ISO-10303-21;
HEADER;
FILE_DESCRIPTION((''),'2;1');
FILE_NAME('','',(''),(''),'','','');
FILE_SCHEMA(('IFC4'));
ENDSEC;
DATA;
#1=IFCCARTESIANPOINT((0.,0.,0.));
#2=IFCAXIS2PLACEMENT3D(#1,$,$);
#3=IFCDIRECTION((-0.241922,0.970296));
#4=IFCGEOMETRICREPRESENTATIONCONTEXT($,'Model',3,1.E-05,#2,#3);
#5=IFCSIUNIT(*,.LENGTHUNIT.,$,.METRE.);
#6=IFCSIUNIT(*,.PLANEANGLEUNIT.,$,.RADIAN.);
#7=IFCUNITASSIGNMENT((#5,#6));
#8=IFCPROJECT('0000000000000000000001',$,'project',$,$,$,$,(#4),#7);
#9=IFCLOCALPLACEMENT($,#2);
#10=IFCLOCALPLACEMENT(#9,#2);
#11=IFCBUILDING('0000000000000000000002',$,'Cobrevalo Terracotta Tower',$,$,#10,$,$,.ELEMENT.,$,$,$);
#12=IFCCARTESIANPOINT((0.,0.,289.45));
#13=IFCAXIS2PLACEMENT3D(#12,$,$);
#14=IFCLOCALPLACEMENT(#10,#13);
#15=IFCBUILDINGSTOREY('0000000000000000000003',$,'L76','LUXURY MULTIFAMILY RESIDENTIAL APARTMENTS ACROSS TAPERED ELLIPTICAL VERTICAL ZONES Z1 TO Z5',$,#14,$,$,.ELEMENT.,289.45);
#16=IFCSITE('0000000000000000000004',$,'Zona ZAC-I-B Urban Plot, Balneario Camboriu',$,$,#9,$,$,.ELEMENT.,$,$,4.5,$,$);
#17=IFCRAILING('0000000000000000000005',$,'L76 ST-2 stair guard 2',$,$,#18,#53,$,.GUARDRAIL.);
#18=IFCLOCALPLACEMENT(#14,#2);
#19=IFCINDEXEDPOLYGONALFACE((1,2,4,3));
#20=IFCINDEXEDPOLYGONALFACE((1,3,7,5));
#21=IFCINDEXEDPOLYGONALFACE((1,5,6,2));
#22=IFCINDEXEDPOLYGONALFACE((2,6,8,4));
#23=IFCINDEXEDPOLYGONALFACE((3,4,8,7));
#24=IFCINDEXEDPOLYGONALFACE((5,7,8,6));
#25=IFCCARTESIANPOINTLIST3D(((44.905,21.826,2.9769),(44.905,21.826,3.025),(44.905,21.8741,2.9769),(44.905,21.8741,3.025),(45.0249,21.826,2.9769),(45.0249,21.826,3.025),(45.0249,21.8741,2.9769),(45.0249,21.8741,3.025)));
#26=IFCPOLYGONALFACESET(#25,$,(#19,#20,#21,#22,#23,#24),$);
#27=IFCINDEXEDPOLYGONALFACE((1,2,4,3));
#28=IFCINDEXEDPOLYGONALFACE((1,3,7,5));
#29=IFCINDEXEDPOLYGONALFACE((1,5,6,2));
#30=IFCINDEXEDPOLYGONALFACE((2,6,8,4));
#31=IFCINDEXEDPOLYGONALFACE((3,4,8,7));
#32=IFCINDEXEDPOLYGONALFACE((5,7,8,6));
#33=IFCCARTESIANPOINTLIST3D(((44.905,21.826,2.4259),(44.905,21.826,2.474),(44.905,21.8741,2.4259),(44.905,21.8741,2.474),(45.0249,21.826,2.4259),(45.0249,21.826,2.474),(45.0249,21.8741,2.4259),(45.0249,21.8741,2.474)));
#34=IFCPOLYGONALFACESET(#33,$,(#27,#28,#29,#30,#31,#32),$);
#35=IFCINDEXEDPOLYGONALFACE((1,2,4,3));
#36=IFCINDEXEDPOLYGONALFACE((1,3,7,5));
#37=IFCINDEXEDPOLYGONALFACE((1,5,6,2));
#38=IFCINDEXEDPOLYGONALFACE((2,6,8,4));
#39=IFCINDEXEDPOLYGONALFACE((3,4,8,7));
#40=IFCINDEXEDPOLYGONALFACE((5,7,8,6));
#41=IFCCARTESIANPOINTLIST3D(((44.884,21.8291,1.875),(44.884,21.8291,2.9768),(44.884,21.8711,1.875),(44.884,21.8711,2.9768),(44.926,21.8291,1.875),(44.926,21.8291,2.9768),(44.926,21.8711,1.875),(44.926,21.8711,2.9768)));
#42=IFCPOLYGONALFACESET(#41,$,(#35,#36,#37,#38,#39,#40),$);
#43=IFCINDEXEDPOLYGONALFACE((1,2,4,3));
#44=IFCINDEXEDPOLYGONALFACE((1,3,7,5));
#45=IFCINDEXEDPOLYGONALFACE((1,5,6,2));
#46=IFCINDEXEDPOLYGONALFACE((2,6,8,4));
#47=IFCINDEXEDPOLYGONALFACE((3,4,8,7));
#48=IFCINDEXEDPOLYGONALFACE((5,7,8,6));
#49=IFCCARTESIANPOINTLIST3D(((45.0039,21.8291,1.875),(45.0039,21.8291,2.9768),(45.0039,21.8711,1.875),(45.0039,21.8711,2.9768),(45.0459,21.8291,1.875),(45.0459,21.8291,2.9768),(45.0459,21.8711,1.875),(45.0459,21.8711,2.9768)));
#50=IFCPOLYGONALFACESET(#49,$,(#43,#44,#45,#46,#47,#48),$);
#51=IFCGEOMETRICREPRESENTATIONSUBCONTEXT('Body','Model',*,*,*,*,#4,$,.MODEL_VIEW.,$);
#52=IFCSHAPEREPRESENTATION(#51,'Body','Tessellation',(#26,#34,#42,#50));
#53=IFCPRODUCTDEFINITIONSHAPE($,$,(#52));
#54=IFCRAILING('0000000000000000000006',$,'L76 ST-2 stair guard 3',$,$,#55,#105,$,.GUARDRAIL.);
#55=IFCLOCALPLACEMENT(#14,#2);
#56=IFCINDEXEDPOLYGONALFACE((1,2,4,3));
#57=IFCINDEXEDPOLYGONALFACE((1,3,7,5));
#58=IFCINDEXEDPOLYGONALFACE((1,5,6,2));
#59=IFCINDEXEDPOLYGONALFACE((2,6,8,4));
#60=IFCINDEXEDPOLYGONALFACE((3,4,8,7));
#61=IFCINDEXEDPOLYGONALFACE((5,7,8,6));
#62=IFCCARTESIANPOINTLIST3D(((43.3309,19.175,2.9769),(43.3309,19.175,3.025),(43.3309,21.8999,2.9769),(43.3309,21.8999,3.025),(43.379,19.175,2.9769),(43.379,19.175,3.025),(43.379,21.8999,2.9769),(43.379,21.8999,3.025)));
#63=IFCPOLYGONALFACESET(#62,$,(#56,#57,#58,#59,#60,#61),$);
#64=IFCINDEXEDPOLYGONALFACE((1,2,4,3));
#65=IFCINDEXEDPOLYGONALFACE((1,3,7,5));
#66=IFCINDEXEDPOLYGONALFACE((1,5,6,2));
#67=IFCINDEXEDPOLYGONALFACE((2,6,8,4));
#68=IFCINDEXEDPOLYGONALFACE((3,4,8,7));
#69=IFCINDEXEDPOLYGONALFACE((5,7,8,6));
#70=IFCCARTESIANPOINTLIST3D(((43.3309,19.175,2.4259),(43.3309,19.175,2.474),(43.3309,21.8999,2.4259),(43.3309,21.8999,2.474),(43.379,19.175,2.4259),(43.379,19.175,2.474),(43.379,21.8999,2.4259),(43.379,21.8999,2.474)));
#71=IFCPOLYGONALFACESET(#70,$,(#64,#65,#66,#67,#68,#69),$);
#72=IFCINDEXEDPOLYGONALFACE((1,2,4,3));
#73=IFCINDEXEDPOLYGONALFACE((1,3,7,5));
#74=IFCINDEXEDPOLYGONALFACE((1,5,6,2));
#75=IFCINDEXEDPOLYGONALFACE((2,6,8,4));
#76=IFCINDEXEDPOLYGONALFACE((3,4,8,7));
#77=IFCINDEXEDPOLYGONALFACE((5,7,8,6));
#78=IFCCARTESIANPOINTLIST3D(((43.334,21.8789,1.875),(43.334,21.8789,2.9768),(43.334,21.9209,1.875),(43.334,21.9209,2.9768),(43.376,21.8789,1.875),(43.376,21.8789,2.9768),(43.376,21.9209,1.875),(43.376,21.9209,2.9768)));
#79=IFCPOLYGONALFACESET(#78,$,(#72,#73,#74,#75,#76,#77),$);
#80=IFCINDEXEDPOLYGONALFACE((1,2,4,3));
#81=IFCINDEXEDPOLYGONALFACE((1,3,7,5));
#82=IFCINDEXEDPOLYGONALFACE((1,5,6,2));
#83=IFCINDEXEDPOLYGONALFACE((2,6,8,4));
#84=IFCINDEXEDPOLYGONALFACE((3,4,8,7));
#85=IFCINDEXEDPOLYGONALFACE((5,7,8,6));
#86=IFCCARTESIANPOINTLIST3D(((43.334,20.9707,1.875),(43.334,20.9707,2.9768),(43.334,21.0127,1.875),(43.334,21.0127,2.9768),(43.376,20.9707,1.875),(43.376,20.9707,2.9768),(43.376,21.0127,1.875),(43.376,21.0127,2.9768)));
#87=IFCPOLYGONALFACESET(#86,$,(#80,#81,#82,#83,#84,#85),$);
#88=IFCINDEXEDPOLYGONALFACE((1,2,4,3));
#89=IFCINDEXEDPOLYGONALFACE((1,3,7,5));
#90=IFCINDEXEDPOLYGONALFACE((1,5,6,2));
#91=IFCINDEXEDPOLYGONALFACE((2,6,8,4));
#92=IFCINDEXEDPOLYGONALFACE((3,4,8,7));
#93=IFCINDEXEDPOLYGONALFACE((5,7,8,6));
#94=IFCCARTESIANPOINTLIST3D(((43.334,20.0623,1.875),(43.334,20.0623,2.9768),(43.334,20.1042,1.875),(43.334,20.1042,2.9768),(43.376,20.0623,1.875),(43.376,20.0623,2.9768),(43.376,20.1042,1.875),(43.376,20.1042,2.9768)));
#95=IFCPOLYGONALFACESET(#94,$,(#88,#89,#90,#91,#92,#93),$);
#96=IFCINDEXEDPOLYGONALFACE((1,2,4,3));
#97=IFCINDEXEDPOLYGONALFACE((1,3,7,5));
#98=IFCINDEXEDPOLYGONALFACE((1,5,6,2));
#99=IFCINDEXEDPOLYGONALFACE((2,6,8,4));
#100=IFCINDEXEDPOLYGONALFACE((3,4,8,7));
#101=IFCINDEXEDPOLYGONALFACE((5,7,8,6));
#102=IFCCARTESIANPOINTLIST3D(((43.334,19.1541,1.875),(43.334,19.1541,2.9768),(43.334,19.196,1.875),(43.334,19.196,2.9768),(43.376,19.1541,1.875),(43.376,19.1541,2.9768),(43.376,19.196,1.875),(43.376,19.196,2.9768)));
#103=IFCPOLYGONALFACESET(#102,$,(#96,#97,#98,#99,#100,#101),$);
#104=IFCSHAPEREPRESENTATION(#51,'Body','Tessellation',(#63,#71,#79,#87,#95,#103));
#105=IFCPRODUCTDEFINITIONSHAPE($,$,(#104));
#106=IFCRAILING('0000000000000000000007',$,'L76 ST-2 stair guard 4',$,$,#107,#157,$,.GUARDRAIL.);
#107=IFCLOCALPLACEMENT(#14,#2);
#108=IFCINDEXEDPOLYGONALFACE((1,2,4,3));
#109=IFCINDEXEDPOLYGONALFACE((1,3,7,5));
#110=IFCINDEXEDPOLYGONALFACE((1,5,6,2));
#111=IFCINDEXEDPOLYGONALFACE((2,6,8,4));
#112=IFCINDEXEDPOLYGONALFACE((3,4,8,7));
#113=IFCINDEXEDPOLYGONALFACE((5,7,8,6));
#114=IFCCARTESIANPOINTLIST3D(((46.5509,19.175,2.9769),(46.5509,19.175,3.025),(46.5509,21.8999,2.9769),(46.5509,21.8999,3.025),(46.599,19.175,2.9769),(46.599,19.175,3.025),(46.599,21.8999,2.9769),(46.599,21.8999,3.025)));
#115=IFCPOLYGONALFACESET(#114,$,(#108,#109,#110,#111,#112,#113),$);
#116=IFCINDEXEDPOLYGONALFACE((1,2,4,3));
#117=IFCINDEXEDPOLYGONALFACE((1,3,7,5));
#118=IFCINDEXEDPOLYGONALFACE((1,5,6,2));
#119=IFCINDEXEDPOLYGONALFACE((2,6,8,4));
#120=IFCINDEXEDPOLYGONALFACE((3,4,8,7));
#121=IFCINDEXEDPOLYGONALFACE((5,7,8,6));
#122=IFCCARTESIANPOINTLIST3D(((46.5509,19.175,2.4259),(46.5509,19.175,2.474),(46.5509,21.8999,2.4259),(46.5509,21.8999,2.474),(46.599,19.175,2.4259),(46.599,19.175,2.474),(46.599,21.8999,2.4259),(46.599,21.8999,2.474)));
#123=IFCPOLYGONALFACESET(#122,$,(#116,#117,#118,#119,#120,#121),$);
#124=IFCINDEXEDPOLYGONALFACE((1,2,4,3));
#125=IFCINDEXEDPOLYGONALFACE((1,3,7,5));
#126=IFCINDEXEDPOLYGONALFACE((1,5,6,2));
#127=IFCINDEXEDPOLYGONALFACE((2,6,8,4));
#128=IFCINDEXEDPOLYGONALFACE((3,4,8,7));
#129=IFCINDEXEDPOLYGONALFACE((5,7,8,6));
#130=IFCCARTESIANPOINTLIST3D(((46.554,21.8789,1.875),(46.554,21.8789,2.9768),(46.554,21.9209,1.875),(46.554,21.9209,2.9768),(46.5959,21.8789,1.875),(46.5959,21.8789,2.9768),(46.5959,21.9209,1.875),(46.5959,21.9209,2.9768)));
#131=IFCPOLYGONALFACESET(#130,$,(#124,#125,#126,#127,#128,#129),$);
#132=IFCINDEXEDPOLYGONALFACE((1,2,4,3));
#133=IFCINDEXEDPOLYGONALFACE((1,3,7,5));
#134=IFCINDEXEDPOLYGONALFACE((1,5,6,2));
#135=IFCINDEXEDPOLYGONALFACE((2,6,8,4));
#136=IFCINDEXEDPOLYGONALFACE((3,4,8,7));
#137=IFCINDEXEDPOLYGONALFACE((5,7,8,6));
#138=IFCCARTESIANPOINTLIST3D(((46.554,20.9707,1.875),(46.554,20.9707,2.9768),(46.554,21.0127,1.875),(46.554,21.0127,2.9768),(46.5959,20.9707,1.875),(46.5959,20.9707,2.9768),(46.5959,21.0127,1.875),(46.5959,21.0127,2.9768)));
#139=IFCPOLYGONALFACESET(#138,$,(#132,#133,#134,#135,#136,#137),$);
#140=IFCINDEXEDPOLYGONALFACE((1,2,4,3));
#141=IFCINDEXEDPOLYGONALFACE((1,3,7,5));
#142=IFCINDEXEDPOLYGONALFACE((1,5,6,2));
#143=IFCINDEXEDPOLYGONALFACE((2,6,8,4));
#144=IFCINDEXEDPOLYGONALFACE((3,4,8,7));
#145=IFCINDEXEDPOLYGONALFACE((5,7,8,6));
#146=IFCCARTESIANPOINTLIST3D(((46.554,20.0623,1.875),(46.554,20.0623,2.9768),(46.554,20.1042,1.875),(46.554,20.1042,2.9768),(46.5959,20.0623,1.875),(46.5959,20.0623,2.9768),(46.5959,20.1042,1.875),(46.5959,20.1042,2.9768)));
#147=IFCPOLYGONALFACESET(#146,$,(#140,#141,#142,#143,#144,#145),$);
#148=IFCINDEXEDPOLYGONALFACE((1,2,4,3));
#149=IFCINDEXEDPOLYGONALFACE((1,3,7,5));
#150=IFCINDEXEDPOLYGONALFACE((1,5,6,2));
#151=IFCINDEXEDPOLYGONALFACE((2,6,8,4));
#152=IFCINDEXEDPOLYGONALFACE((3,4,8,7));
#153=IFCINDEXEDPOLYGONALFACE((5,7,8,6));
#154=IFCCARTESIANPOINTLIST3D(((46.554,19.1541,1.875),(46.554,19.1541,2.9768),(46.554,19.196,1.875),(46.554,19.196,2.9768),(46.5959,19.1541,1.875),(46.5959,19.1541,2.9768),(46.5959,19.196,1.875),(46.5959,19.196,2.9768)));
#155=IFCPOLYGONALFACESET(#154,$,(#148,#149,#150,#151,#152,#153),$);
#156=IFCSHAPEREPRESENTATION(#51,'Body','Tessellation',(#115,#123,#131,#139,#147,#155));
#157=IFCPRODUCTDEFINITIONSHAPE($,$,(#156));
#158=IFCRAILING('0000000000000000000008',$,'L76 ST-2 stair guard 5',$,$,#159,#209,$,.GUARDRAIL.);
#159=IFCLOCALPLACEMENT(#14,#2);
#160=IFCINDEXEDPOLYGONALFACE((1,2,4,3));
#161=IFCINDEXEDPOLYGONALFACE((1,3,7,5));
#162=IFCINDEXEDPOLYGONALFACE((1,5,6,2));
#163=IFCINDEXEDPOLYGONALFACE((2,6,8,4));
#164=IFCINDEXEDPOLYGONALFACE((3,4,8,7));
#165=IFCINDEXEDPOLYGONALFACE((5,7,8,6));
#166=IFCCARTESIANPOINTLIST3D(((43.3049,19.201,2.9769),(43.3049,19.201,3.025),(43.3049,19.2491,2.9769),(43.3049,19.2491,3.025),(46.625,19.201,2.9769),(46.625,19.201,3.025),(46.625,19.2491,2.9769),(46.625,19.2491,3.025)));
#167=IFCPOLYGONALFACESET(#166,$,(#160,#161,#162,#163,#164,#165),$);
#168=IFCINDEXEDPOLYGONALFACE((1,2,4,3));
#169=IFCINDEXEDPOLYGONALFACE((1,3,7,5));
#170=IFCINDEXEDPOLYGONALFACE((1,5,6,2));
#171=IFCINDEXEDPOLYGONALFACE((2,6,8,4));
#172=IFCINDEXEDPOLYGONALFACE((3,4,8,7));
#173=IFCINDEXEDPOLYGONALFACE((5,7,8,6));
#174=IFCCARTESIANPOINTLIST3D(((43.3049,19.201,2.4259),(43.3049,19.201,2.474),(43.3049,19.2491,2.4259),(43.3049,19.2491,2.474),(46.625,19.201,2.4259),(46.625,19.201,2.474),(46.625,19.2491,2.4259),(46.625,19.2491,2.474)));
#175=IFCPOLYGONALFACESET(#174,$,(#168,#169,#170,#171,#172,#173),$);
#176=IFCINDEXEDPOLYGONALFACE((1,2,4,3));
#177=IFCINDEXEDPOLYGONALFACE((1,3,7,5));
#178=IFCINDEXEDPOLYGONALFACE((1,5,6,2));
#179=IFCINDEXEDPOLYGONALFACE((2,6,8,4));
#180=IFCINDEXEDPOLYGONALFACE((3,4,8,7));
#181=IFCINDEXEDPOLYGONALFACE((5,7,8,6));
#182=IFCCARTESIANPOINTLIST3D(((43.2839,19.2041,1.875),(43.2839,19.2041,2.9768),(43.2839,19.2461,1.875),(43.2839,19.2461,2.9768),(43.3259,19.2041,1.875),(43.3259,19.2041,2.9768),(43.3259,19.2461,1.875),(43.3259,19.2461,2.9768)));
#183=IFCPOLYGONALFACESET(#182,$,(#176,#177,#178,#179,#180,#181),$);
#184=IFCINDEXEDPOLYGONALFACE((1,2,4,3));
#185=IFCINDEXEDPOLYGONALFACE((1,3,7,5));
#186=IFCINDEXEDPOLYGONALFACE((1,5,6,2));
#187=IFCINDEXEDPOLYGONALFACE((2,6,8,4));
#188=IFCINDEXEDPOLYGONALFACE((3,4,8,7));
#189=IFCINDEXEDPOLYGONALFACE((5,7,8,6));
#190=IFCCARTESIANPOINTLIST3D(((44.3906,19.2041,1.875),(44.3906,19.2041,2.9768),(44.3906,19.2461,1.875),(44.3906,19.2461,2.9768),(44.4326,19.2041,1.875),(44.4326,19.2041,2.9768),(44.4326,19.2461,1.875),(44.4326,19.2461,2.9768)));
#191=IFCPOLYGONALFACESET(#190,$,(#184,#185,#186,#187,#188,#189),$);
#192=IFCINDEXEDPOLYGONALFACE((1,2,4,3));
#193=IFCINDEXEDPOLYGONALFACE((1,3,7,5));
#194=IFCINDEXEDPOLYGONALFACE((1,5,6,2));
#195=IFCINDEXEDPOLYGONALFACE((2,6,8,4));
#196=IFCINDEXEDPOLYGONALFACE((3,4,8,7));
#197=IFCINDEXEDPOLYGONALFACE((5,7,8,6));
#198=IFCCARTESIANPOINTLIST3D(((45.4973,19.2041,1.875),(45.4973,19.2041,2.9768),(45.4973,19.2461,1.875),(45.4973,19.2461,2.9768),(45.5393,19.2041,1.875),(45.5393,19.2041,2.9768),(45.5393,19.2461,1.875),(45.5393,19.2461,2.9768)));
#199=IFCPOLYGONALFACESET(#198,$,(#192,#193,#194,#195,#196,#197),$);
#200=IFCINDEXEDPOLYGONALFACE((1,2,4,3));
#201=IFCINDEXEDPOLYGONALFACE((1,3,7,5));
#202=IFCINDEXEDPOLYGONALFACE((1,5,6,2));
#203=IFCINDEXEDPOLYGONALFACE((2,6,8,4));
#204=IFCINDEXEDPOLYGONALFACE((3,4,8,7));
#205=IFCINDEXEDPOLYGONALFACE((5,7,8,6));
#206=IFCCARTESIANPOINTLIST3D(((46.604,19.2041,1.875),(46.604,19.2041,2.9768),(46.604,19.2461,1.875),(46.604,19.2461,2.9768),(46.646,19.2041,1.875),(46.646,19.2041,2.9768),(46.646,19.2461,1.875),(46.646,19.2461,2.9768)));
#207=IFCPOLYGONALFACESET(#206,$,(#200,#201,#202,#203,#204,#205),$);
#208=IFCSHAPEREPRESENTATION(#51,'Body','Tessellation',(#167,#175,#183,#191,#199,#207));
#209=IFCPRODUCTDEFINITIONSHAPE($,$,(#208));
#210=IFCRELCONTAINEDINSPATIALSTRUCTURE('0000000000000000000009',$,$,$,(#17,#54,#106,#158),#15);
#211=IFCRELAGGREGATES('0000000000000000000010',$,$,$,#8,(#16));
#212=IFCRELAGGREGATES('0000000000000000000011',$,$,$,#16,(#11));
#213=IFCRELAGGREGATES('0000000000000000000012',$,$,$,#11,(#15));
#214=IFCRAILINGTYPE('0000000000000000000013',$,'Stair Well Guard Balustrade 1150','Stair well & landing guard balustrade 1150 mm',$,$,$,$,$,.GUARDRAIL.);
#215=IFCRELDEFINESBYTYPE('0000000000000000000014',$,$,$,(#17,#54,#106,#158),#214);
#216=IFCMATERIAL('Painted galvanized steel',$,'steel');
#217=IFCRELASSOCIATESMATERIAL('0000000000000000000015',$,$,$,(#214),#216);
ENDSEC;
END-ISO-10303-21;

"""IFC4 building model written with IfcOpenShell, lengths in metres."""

from ifc_helpers import new_model, si_unit, direction, frame, origin, origin_2d, place, context, subcontext, project, spatial, rectangle, extrude, material, type_object, element, save


model = new_model("IFC4")

# Units and contexts
model_context = context("Model", 3, precision=1e-05, world=origin(), true_north=direction((-0.241922, 0.970296)))
body_context = subcontext(model_context, "Body", "Model", "MODEL_VIEW")
ifc_project = project(units=[si_unit("LENGTHUNIT", "METRE"), si_unit("PLANEANGLEUNIT", "RADIAN")], contexts=[model_context])

# Site, building, storey
site_placement = place(None, origin())
site = spatial("IfcSite", under=ifc_project, at=site_placement, Name="Zona ZAC-I-B Urban Plot, Balneario Camboriu", CompositionType="ELEMENT", RefElevation=4.5)
building_placement = place(site_placement, origin())
building = spatial("IfcBuilding", under=site, at=building_placement, Name="Cobrevalo Terracotta Tower", CompositionType="ELEMENT")
storey_placement = place(building_placement, frame((0.0, 0.0, 289.45)))
storey = spatial("IfcBuildingStorey", under=building, at=storey_placement, Name="L76", Description="LUXURY MULTIFAMILY RESIDENTIAL APARTMENTS ACROSS TAPERED ELLIPTICAL VERTICAL ZONES Z1 TO Z5", CompositionType="ELEMENT", Elevation=289.45)

# Railings
ifc_material_1 = material(Name="Painted galvanized steel", Category="steel")
railing_type_1 = type_object("IfcRailingType", Name="Stair Well Guard Balustrade 1150", Description="Stair well & landing guard balustrade 1150 mm", PredefinedType="GUARDRAIL", material=ifc_material_1)
railing_1_placement = place(storey_placement, frame((44.905, 21.8501, 1.875)))
element("IfcRailing", 1, at=railing_1_placement, inside=storey, type_object=railing_type_1, Name="L76 ST-2 stair guard 2", PredefinedType="GUARDRAIL", context=body_context, shape_type="SweptSolid", body=[
    extrude(rectangle(XDim=0.0481, YDim=0.0481, at=origin_2d()), frame((0.0, 0.0, 1.126), z_axis=(1.0, 0.0, 0.0), x_axis=(0.0, 1.0, 0.0)), (0.0, 0.0, 1.0), 0.1199),
    extrude(rectangle(XDim=0.0481, YDim=0.0481, at=origin_2d()), frame((0.0, 0.0, 0.575), z_axis=(1.0, 0.0, 0.0), x_axis=(0.0, 1.0, 0.0)), (0.0, 0.0, 1.0), 0.1199),
    extrude(rectangle(XDim=0.042, YDim=0.042, at=origin_2d()), origin(), (0.0, 0.0, 1.0), 1.1018),
    extrude(rectangle(XDim=0.042, YDim=0.042, at=origin_2d()), frame((0.1199, 0.0, 0.0)), (0.0, 0.0, 1.0), 1.1018),
])
for number, where, name in (
    (2, (43.355, 21.8999, 1.875), "L76 ST-2 stair guard 3"),
    (3, (46.575, 21.8999, 1.875), "L76 ST-2 stair guard 4"),
):
    element("IfcRailing", number, at=place(storey_placement, frame(where)), inside=storey, type_object=railing_type_1, Name=name, PredefinedType="GUARDRAIL", context=body_context, shape_type="SweptSolid", body=[
        extrude(rectangle(XDim=0.0481, YDim=0.0481, at=origin_2d()), frame((0.0, 0.0, 1.126), z_axis=(0.0, -1.0, 0.0), x_axis=(1.0, 0.0, 0.0)), (0.0, 0.0, 1.0), 2.7249),
        extrude(rectangle(XDim=0.0481, YDim=0.0481, at=origin_2d()), frame((0.0, 0.0, 0.575), z_axis=(0.0, -1.0, 0.0), x_axis=(1.0, 0.0, 0.0)), (0.0, 0.0, 1.0), 2.7249),
        extrude(rectangle(XDim=0.042, YDim=0.042, at=origin_2d()), origin(), (0.0, 0.0, 1.0), 1.1018),
        extrude(rectangle(XDim=0.042, YDim=0.042, at=origin_2d()), frame((0.0, -0.9082, 0.0)), (0.0, 0.0, 1.0), 1.1018),
        extrude(rectangle(XDim=0.042, YDim=0.042, at=origin_2d()), frame((0.0, -1.8167, 0.0)), (0.0, 0.0, 1.0), 1.1018),
        extrude(rectangle(XDim=0.042, YDim=0.042, at=origin_2d()), frame((0.0, -2.7249, 0.0)), (0.0, 0.0, 1.0), 1.1018),
    ])
railing_2_placement = place(storey_placement, frame((43.3049, 19.2251, 1.875)))
element("IfcRailing", 4, at=railing_2_placement, inside=storey, type_object=railing_type_1, Name="L76 ST-2 stair guard 5", PredefinedType="GUARDRAIL", context=body_context, shape_type="SweptSolid", body=[
    extrude(rectangle(XDim=0.0481, YDim=0.0481, at=origin_2d()), frame((0.0, 0.0, 1.126), z_axis=(1.0, 0.0, 0.0), x_axis=(0.0, 1.0, 0.0)), (0.0, 0.0, 1.0), 3.3201),
    extrude(rectangle(XDim=0.0481, YDim=0.0481, at=origin_2d()), frame((0.0, 0.0, 0.575), z_axis=(1.0, 0.0, 0.0), x_axis=(0.0, 1.0, 0.0)), (0.0, 0.0, 1.0), 3.3201),
    extrude(rectangle(XDim=0.042, YDim=0.042, at=origin_2d()), origin(), (0.0, 0.0, 1.0), 1.1018),
    extrude(rectangle(XDim=0.042, YDim=0.042, at=origin_2d()), frame((1.1067, 0.0, 0.0)), (0.0, 0.0, 1.0), 1.1018),
    extrude(rectangle(XDim=0.042, YDim=0.042, at=origin_2d()), frame((2.2134, 0.0, 0.0)), (0.0, 0.0, 1.0), 1.1018),
    extrude(rectangle(XDim=0.042, YDim=0.042, at=origin_2d()), frame((3.3201, 0.0, 0.0)), (0.0, 0.0, 1.0), 1.1018),
])

save(model, "model.ifc")
